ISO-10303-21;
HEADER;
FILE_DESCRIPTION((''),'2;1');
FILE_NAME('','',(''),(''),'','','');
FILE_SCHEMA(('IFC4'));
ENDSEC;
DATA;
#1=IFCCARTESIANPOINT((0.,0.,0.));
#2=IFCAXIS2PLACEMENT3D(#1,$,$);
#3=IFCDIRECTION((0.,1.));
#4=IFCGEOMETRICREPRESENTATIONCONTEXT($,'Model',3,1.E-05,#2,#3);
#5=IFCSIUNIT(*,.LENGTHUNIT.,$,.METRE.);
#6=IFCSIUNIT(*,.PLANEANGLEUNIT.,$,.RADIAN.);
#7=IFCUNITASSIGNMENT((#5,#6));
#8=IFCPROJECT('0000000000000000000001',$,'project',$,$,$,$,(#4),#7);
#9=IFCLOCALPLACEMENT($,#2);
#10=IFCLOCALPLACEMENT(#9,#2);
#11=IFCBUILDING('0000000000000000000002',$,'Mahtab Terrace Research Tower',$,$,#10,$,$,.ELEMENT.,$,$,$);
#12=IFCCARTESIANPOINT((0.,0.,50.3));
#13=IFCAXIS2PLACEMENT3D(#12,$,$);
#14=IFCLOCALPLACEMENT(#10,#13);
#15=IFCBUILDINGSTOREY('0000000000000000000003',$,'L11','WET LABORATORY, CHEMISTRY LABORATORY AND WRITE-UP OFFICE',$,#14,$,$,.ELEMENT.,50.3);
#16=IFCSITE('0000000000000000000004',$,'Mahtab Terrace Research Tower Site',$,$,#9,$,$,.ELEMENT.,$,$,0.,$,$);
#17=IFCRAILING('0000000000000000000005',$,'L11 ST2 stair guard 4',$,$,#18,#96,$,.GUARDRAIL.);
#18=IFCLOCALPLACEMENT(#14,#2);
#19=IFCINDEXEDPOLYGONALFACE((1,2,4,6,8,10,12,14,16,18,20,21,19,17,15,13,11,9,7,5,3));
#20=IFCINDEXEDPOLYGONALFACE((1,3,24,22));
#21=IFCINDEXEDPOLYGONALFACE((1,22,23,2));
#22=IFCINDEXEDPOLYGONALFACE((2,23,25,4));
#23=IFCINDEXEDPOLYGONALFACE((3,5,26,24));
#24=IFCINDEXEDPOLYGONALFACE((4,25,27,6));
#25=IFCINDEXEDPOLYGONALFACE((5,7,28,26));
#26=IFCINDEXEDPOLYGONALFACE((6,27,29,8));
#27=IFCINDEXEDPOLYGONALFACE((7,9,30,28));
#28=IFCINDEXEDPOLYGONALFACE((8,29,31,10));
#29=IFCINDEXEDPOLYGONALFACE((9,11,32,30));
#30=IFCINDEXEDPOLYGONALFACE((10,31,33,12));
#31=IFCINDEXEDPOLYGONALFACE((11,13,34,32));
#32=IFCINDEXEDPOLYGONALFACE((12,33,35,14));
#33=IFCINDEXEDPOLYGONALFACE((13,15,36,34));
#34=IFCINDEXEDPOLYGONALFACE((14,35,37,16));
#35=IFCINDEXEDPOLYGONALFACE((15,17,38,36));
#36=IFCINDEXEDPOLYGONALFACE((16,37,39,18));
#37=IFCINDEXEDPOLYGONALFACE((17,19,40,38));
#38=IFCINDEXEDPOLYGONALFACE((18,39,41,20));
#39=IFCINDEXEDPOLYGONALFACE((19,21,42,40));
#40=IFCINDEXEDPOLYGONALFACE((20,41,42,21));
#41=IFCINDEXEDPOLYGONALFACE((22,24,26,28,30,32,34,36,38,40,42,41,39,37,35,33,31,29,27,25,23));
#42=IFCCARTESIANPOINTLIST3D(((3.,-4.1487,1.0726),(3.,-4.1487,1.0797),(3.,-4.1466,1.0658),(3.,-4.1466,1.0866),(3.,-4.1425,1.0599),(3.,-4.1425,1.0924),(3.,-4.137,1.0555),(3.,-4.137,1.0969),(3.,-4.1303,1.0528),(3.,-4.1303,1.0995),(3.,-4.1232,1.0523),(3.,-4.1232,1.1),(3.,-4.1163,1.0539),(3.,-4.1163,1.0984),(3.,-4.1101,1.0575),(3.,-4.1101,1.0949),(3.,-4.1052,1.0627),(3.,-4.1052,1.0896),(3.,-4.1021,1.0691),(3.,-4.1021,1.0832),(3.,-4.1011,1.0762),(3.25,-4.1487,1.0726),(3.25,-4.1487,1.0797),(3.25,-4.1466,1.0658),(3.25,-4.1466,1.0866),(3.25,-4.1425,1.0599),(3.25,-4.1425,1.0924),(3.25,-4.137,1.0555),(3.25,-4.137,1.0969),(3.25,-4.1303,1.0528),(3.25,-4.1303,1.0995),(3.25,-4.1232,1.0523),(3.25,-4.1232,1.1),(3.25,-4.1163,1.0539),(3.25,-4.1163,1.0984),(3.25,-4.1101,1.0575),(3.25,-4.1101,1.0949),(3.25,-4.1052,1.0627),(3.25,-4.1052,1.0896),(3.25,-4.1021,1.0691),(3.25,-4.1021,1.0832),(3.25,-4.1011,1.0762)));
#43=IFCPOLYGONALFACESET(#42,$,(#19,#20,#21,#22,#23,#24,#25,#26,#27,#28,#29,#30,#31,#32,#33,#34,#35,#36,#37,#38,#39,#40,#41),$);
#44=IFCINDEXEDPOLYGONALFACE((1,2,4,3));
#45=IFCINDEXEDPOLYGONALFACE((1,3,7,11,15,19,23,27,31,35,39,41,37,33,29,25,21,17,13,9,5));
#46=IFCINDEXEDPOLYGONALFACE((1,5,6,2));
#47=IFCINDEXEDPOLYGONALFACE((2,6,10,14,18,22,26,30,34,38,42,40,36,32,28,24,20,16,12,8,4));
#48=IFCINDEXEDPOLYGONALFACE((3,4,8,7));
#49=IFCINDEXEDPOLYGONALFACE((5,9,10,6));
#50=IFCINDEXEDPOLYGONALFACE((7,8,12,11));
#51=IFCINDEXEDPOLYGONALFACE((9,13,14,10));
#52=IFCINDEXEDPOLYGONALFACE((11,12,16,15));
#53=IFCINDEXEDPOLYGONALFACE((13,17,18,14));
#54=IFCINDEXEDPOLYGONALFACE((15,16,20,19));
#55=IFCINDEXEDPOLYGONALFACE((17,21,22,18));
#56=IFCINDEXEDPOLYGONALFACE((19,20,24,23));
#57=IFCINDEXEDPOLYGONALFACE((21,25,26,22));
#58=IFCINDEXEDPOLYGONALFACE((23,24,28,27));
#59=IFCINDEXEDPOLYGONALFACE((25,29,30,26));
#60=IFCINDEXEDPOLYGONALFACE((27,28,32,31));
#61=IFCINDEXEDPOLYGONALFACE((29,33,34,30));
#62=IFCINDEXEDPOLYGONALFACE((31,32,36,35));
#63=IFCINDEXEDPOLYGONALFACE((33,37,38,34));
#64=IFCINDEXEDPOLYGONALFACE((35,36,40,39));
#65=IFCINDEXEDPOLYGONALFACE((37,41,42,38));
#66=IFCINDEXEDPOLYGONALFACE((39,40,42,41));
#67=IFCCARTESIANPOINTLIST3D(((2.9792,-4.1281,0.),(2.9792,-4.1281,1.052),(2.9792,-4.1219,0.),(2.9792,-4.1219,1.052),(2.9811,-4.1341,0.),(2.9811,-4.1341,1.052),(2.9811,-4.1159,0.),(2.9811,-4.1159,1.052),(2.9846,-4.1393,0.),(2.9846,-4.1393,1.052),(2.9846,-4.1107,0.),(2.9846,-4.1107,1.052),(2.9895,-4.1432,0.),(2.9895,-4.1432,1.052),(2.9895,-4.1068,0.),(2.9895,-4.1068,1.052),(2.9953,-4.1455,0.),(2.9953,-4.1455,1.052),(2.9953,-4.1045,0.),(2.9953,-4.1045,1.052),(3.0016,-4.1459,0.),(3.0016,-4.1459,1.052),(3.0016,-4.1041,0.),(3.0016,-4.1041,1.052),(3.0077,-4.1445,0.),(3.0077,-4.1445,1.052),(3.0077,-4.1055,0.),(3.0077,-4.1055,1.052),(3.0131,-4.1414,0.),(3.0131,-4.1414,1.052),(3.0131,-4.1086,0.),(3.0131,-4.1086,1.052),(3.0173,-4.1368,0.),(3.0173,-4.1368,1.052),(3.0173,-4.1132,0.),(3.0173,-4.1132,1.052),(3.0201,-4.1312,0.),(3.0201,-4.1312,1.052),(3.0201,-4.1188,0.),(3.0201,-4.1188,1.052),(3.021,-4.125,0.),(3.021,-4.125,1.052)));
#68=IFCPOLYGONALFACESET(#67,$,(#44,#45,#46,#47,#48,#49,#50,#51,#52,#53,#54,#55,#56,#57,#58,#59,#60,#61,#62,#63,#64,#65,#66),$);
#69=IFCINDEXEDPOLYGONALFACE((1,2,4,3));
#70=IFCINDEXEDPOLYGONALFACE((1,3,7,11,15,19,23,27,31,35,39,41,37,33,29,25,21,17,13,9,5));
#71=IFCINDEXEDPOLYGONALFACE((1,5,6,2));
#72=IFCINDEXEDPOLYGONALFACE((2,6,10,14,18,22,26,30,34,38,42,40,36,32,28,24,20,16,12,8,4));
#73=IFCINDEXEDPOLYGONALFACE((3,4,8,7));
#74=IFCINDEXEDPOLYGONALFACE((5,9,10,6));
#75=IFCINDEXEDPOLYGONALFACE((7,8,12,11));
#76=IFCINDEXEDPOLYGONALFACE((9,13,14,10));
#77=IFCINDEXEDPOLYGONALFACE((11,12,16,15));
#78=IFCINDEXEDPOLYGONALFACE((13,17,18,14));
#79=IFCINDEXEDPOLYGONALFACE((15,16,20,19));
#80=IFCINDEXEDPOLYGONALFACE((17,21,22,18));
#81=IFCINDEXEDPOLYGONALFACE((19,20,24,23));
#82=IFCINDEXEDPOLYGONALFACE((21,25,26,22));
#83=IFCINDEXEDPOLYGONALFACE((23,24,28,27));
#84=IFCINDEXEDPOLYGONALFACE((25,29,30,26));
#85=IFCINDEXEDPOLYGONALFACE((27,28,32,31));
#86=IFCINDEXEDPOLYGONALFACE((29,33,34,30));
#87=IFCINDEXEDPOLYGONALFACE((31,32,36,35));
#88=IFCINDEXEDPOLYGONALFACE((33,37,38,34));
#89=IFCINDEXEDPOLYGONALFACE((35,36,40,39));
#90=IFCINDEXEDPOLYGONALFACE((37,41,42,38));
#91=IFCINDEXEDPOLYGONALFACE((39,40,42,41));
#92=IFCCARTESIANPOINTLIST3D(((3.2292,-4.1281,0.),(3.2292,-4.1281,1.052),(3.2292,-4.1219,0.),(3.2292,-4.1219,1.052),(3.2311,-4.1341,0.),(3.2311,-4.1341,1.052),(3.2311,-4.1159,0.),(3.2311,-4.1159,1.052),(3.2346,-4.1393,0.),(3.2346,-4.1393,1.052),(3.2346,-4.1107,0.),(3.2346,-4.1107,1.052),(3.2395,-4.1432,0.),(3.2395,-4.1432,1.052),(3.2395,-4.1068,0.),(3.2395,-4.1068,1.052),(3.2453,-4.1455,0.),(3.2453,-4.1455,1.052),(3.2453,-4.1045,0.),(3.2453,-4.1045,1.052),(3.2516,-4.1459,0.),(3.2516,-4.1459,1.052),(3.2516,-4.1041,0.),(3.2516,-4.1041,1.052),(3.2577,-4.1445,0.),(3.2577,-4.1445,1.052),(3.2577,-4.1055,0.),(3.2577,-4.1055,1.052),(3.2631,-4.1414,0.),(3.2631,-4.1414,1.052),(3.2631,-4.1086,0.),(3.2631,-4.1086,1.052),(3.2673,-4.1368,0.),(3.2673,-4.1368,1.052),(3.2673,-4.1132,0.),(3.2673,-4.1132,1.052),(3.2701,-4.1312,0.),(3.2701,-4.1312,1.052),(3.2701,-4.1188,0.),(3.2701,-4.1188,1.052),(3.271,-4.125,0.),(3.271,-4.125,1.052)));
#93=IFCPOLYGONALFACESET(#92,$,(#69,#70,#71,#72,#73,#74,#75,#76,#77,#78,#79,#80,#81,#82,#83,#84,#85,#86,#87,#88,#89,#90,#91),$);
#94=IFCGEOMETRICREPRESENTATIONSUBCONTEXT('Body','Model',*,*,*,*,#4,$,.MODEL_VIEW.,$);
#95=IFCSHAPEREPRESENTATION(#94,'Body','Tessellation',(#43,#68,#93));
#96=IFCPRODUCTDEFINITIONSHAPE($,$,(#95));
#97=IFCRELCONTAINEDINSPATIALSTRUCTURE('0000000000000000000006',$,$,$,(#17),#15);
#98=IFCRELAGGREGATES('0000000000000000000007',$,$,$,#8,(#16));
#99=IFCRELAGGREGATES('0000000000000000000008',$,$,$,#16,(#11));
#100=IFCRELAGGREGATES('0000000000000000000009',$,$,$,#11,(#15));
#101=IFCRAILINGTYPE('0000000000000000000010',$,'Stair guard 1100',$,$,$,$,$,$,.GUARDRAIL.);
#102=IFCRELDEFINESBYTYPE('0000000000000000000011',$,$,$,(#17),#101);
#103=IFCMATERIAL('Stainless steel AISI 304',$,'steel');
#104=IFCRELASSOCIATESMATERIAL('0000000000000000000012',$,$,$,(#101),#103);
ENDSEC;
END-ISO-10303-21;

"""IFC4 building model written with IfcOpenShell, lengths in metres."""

from ifc_helpers import new_model, si_unit, direction, frame, origin, origin_2d, place, context, subcontext, project, spatial, circle, extrude, material, type_object, element, save


model = new_model("IFC4")

# Units and contexts
model_context = context("Model", 3, precision=1e-05, world=origin(), true_north=direction((0.0, 1.0)))
body_context = subcontext(model_context, "Body", "Model", "MODEL_VIEW")
ifc_project = project(units=[si_unit("LENGTHUNIT", "METRE"), si_unit("PLANEANGLEUNIT", "RADIAN")], contexts=[model_context])

# Site, building, storey
site_placement = place(None, origin())
site = spatial("IfcSite", under=ifc_project, at=site_placement, Name="Mahtab Terrace Research Tower Site", CompositionType="ELEMENT", RefElevation=0.0)
building_placement = place(site_placement, origin())
building = spatial("IfcBuilding", under=site, at=building_placement, Name="Mahtab Terrace Research Tower", CompositionType="ELEMENT")
storey_placement = place(building_placement, frame((0.0, 0.0, 50.3)))
storey = spatial("IfcBuildingStorey", under=building, at=storey_placement, Name="L11", Description="WET LABORATORY, CHEMISTRY LABORATORY AND WRITE-UP OFFICE", CompositionType="ELEMENT", Elevation=50.3)

# Railing
ifc_material_1 = material(Name="Stainless steel AISI 304", Category="steel")
railing_type_1 = type_object("IfcRailingType", Name="Stair guard 1100", PredefinedType="GUARDRAIL", material=ifc_material_1)
railing_1_placement = place(storey_placement, frame((3.0, -4.125, 0.0)))
element("IfcRailing", 1, at=railing_1_placement, inside=storey, type_object=railing_type_1, Name="L11 ST2 stair guard 4", PredefinedType="GUARDRAIL", context=body_context, shape_type="SweptSolid", body=[
    extrude(circle(Radius=0.0239, at=origin_2d()), frame((0.0, 0.0, 1.0762), z_axis=(1.0, 0.0, 0.0), x_axis=(0.0, 1.0, 0.0)), (0.0, 0.0, 1.0), 0.25),
    extrude(circle(Radius=0.021, at=origin_2d()), origin(), (0.0, 0.0, 1.0), 1.052),
    extrude(circle(Radius=0.021, at=origin_2d()), frame((0.25, 0.0, 0.0)), (0.0, 0.0, 1.0), 1.052),
])

save(model, "model.ifc")
